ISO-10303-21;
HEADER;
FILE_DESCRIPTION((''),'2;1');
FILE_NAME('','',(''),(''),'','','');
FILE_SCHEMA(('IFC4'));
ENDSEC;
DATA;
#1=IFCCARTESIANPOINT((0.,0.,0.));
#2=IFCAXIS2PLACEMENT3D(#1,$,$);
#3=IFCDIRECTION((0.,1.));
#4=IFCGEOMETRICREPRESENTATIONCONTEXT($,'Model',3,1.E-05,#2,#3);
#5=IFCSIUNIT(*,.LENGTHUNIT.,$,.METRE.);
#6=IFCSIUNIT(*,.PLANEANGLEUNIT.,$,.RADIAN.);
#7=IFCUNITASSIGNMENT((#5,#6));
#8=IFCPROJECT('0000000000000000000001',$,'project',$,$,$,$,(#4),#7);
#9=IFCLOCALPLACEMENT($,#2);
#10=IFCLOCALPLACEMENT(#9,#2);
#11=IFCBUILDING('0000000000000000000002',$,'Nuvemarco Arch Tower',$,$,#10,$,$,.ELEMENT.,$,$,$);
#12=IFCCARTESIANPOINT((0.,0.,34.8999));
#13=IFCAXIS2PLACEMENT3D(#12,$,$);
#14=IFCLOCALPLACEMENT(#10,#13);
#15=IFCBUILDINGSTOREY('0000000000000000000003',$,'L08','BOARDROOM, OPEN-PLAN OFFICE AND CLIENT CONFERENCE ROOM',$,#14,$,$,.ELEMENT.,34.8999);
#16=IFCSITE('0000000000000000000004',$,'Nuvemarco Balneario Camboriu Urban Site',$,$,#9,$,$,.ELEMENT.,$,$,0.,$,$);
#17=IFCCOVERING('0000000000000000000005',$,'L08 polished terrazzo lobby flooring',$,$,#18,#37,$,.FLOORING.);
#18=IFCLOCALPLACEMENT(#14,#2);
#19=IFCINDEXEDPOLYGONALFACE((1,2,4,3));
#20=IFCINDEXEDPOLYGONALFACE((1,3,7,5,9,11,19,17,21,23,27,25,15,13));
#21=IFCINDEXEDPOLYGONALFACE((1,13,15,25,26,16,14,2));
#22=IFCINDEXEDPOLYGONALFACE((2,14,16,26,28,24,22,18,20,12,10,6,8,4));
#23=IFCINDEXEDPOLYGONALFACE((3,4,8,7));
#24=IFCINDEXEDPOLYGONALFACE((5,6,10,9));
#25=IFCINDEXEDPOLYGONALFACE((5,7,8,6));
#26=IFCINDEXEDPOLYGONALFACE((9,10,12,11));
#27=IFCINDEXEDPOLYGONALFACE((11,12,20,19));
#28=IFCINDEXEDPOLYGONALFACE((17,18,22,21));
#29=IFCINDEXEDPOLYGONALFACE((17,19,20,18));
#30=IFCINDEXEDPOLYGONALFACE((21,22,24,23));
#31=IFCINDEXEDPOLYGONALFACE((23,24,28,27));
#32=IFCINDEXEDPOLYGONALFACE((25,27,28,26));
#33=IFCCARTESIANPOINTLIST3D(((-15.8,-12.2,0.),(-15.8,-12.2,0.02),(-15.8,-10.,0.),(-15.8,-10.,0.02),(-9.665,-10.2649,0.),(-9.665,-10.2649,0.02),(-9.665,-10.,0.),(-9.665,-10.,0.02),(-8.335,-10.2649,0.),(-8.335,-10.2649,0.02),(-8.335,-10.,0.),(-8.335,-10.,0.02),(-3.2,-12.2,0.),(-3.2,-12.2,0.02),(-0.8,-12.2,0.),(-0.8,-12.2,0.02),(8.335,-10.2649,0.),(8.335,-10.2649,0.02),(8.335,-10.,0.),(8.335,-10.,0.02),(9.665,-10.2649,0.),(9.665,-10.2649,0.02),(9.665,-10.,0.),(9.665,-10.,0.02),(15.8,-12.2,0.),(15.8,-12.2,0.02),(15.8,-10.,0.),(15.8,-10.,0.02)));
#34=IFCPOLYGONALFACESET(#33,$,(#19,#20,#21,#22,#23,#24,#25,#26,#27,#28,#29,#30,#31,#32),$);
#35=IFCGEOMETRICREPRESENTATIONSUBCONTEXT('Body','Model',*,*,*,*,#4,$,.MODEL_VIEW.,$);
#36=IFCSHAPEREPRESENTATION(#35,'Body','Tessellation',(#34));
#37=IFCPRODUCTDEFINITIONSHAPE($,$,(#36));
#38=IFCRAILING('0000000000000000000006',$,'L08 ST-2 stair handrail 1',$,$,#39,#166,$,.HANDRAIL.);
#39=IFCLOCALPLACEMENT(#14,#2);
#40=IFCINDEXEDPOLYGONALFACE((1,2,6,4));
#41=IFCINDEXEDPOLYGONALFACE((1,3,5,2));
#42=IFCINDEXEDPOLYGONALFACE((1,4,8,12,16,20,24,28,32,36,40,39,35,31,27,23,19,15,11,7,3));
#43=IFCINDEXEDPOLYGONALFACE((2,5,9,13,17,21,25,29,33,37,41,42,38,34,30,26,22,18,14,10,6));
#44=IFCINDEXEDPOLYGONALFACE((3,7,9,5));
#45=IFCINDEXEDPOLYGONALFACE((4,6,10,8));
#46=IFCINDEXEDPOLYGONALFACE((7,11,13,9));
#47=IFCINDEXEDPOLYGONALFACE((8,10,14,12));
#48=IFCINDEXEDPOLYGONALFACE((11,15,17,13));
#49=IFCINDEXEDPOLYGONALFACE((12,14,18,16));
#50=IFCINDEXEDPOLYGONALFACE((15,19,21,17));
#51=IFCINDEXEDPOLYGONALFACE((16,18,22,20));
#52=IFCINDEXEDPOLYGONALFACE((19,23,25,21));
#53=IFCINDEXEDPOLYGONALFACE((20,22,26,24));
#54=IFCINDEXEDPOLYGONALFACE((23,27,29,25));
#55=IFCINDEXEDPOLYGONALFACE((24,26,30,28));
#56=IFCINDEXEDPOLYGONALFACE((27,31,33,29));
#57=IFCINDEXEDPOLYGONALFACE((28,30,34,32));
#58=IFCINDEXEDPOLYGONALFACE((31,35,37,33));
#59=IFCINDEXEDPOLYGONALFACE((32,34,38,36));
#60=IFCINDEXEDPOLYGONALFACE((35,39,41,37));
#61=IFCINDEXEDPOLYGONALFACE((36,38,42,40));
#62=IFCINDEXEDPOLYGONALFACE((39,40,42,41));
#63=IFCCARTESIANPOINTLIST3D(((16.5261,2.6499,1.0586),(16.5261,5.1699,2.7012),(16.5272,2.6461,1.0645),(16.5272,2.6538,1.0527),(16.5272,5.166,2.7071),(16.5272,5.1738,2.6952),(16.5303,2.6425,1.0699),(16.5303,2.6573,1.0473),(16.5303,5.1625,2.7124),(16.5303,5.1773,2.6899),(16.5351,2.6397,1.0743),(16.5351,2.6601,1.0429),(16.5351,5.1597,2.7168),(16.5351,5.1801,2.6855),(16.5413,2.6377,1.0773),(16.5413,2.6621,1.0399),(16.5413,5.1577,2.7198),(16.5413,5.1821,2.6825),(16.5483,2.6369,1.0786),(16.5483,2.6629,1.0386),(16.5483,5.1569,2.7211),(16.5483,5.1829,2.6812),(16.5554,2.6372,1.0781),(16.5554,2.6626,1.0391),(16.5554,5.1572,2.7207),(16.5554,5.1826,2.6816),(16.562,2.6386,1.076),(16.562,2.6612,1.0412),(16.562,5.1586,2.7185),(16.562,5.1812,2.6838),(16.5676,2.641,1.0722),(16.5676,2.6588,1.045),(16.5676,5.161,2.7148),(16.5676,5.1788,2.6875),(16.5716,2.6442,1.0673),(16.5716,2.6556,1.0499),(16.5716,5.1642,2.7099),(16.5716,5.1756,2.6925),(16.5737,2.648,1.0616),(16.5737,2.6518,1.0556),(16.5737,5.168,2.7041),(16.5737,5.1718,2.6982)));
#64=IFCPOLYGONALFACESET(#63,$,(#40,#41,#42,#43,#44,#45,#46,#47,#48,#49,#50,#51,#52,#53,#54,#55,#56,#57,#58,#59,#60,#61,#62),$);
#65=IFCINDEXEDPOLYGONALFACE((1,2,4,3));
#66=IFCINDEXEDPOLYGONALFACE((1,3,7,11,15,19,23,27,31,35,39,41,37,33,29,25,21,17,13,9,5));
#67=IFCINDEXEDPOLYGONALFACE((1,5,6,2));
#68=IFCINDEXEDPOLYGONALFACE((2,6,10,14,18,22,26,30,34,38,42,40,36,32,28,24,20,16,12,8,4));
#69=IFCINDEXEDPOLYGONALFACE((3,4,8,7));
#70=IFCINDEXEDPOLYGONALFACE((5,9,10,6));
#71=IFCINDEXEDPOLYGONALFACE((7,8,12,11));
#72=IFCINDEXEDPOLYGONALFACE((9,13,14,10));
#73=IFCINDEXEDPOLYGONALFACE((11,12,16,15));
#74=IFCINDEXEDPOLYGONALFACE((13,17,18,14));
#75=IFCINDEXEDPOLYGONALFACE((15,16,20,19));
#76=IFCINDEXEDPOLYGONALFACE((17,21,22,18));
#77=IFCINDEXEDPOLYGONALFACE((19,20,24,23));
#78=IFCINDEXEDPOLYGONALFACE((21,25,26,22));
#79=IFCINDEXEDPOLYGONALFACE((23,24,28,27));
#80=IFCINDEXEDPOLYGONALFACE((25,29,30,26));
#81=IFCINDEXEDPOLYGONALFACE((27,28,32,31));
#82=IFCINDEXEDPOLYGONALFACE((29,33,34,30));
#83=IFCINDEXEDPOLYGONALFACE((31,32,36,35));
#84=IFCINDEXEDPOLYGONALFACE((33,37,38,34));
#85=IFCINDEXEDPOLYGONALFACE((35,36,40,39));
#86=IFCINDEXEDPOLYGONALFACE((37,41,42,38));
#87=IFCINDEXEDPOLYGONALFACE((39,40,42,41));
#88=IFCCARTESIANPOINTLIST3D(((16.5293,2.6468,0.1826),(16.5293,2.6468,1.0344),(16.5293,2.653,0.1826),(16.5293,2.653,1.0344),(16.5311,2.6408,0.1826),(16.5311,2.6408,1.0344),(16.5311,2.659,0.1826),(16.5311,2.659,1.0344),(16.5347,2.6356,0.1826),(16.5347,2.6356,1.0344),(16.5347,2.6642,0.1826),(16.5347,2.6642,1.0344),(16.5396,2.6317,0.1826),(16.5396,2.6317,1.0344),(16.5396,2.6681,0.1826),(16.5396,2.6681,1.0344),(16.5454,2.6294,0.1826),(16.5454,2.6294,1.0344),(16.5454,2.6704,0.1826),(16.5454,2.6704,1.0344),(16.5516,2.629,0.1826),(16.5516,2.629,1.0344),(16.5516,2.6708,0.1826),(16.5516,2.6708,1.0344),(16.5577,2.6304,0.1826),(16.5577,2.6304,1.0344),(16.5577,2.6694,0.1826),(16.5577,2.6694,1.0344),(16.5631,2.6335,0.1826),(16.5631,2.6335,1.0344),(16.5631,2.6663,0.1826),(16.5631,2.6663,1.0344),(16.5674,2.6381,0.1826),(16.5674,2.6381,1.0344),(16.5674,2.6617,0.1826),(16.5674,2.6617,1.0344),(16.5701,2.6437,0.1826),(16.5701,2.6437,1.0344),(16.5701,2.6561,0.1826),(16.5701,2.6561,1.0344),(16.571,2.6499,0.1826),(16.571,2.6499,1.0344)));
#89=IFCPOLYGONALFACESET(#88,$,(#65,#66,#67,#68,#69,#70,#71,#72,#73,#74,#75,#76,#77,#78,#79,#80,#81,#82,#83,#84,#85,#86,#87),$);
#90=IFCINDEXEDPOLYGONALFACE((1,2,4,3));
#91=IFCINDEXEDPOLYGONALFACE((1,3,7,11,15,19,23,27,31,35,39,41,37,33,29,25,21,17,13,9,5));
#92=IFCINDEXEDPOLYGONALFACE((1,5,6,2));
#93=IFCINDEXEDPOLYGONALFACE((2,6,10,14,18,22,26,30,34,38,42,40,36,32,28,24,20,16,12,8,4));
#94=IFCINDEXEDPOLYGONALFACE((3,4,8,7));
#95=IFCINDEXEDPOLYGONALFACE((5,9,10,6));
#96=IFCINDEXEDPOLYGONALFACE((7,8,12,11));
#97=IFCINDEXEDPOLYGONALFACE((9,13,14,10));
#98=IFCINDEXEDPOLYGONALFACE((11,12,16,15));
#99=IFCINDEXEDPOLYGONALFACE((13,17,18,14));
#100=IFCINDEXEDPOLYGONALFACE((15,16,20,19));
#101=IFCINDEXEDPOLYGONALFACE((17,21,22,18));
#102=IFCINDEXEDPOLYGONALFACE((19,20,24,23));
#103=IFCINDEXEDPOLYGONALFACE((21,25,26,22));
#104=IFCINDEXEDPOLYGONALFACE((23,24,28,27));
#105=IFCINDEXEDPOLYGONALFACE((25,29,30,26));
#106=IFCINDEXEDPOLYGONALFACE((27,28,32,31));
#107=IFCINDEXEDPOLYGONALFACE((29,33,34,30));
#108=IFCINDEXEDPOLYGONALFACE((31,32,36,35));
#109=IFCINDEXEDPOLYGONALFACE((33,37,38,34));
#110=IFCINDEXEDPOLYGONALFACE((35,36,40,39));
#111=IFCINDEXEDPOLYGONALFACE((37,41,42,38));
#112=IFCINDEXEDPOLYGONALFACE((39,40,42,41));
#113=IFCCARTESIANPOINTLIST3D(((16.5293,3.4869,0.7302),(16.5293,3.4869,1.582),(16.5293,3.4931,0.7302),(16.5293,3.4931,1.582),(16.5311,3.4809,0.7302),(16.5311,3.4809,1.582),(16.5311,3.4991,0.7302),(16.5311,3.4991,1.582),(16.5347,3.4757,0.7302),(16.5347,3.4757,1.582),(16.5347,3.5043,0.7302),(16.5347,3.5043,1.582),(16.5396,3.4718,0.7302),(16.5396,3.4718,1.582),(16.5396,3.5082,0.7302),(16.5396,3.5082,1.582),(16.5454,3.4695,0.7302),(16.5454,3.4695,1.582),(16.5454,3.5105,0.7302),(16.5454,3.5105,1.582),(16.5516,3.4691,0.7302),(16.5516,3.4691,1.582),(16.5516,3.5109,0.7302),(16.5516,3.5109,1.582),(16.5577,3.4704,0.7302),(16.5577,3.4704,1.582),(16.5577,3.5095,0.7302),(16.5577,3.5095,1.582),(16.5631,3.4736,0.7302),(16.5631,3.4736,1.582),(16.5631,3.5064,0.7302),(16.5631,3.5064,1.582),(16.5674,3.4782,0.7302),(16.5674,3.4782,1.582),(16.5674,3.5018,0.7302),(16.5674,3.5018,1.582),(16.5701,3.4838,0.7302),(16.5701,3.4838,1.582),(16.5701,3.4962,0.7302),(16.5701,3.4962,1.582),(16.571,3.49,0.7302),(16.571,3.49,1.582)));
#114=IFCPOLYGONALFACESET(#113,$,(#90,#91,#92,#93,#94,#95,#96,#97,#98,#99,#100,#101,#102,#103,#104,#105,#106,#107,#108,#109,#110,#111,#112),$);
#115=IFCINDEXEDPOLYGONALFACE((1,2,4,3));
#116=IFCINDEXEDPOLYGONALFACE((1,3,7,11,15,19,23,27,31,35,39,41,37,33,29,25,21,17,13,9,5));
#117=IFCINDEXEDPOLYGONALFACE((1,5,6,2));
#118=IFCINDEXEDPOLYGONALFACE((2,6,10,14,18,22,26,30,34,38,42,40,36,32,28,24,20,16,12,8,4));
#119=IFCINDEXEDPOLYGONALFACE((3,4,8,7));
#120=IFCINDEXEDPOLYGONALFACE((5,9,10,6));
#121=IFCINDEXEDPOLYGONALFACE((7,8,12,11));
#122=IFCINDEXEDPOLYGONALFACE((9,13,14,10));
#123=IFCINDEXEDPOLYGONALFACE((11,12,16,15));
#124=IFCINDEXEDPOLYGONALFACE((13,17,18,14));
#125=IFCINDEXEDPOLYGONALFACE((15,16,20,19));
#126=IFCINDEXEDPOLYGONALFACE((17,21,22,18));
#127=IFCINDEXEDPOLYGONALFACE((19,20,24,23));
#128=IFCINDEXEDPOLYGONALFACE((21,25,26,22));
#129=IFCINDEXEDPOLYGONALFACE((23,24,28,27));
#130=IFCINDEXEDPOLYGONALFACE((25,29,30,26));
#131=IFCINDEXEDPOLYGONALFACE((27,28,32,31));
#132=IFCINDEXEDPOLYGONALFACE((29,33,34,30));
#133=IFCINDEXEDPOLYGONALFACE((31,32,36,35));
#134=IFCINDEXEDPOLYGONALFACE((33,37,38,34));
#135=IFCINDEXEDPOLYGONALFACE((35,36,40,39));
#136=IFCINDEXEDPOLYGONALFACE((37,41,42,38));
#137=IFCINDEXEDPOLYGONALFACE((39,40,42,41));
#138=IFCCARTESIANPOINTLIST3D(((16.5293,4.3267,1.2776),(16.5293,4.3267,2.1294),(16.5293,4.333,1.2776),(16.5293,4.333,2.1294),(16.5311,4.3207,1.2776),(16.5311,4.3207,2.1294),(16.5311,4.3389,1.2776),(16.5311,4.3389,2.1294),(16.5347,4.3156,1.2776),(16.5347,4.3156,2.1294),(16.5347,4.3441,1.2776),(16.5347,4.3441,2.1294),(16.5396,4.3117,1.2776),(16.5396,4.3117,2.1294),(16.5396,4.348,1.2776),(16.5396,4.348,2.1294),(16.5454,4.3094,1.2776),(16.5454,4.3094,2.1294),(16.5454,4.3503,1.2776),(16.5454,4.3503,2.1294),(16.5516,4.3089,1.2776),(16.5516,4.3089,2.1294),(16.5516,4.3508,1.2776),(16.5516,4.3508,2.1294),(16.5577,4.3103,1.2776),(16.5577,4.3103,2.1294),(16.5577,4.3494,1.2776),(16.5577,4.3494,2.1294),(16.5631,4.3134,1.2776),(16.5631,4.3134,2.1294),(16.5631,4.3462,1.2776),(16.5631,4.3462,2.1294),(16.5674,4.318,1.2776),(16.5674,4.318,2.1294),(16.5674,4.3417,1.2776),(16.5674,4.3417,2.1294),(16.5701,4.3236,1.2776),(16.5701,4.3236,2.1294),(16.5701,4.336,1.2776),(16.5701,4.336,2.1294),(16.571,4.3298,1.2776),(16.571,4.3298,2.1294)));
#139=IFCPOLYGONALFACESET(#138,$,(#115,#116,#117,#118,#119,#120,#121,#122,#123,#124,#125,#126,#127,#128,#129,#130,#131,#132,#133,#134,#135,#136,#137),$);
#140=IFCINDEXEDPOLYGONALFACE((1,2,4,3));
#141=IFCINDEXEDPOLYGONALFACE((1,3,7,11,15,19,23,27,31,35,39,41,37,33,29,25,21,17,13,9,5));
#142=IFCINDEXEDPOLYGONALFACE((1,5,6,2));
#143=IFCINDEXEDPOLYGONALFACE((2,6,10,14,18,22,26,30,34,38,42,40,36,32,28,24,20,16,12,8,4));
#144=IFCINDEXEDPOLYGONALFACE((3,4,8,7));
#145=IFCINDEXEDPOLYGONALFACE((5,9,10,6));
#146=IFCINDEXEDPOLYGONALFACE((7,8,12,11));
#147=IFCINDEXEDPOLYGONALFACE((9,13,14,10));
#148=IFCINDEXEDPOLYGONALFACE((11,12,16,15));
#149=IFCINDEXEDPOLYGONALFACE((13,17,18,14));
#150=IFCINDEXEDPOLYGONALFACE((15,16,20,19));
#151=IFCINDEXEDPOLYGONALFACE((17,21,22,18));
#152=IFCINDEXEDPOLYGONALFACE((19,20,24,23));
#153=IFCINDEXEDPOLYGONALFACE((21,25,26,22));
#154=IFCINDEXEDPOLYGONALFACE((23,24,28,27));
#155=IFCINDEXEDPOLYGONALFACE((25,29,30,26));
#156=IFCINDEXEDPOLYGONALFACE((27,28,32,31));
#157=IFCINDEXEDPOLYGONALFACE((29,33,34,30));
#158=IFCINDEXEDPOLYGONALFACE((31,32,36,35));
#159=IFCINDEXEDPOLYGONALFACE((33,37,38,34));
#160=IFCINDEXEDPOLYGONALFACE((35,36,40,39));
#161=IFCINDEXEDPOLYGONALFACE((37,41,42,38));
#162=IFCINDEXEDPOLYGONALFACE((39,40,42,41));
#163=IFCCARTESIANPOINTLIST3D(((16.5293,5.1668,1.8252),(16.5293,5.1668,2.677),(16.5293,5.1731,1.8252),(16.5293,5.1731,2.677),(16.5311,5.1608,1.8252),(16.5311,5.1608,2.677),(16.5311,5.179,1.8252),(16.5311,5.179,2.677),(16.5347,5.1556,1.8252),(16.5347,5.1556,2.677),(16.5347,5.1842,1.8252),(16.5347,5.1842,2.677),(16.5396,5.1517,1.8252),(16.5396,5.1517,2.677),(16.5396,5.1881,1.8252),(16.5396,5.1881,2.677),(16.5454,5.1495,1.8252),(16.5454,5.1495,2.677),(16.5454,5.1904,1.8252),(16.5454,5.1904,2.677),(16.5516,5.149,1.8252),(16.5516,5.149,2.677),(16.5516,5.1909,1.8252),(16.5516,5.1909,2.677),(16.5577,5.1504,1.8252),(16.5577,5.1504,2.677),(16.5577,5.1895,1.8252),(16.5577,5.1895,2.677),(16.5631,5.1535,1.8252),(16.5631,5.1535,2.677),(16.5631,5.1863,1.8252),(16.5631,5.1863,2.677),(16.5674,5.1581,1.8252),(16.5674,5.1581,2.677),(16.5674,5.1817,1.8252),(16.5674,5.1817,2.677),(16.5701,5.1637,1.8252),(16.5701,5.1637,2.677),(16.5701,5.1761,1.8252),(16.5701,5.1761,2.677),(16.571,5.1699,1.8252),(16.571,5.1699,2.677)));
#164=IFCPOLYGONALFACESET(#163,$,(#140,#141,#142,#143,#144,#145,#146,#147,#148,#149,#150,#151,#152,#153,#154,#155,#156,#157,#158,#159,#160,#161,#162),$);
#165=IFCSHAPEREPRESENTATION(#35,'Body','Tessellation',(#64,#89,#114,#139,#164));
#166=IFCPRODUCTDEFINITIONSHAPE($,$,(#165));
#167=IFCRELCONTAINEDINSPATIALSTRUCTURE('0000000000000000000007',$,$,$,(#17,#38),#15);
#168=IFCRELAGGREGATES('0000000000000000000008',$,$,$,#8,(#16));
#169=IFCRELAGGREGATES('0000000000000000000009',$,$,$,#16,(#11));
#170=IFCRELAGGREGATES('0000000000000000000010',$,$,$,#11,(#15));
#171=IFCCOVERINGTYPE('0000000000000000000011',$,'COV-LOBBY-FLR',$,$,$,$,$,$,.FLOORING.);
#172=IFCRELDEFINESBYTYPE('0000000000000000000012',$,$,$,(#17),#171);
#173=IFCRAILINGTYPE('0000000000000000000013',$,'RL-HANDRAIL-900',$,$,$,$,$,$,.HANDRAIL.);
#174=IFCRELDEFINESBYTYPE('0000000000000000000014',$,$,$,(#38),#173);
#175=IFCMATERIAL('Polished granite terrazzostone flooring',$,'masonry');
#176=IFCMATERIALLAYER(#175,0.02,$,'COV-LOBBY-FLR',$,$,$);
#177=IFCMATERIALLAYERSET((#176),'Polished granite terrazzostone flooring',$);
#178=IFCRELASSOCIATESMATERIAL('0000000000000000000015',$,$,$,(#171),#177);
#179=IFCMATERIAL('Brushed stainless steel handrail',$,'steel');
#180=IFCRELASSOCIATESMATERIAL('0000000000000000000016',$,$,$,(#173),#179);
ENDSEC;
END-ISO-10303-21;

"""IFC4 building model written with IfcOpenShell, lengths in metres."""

from ifc_helpers import new_model, si_unit, direction, frame, origin, origin_2d, place, context, subcontext, project, spatial, polyline, circle, outline, extrude, material, layer, layer_set, type_object, element, save


model = new_model("IFC4")

# Units and contexts
model_context = context("Model", 3, precision=1e-05, world=origin(), true_north=direction((0.0, 1.0)))
body_context = subcontext(model_context, "Body", "Model", "MODEL_VIEW")
ifc_project = project(units=[si_unit("LENGTHUNIT", "METRE"), si_unit("PLANEANGLEUNIT", "RADIAN")], contexts=[model_context])

# Site, building, storey
site_placement = place(None, origin())
site = spatial("IfcSite", under=ifc_project, at=site_placement, Name="Nuvemarco Balneario Camboriu Urban Site", CompositionType="ELEMENT", RefElevation=0.0)
building_placement = place(site_placement, origin())
building = spatial("IfcBuilding", under=site, at=building_placement, Name="Nuvemarco Arch Tower", CompositionType="ELEMENT")
storey_placement = place(building_placement, frame((0.0, 0.0, 34.8999)))
storey = spatial("IfcBuildingStorey", under=building, at=storey_placement, Name="L08", Description="BOARDROOM, OPEN-PLAN OFFICE AND CLIENT CONFERENCE ROOM", CompositionType="ELEMENT", Elevation=34.8999)

# Covering
ifc_material_1 = material(Name="Polished granite terrazzostone flooring", Category="masonry")
ifc_layer_1 = layer(ifc_material_1, 0.02, Name="COV-LOBBY-FLR")
ifc_layer_set_1 = layer_set([ifc_layer_1], Name="Polished granite terrazzostone flooring")
covering_type_1 = type_object("IfcCoveringType", Name="COV-LOBBY-FLR", PredefinedType="FLOORING", material=ifc_layer_set_1)
covering_1_placement = place(storey_placement, origin())
element("IfcCovering", 1, at=covering_1_placement, inside=storey, type_object=covering_type_1, Name="L08 polished terrazzo lobby flooring", PredefinedType="FLOORING", context=body_context, shape_type="SweptSolid", body=[
    extrude(outline(polyline([(-9.665, -10.2649), (-8.335, -10.2649), (-8.335, -10.0), (8.335, -10.0), (8.335, -10.2649), (9.665, -10.2649), (9.665, -10.0), (15.8, -10.0), (15.8, -12.2), (-0.8, -12.2), (-3.2, -12.2), (-15.8, -12.2), (-15.8, -10.0), (-9.665, -10.0), (-9.665, -10.2649)])), origin(), (0.0, 0.0, 1.0), 0.02),
])

# Railing
ifc_material_2 = material(Name="Brushed stainless steel handrail", Category="steel")
railing_type_1 = type_object("IfcRailingType", Name="RL-HANDRAIL-900", PredefinedType="HANDRAIL", material=ifc_material_2)
railing_1_placement = place(storey_placement, frame((16.55, 2.6499, 0.1826)))
element("IfcRailing", 2, at=railing_1_placement, inside=storey, type_object=railing_type_1, Name="L08 ST-2 stair handrail 1", PredefinedType="HANDRAIL", context=body_context, shape_type="SweptSolid", body=[
    extrude(circle(Radius=0.0239, at=origin_2d()), frame((0.0, 0.0, 0.876), z_axis=(0.0, 0.837749, 0.546055), x_axis=(-1.0, 0.0, 0.0)), (0.0, 0.0, 1.0), 3.0081),
    extrude(circle(Radius=0.021, at=origin_2d()), origin(), (0.0, 0.0, 1.0), 0.8518),
    extrude(circle(Radius=0.021, at=origin_2d()), frame((0.0, 0.8401, 0.5476)), (0.0, 0.0, 1.0), 0.8518),
    extrude(circle(Radius=0.021, at=origin_2d()), frame((0.0, 1.6799, 1.095)), (0.0, 0.0, 1.0), 0.8518),
    extrude(circle(Radius=0.021, at=origin_2d()), frame((0.0, 2.52, 1.6426)), (0.0, 0.0, 1.0), 0.8518),
])

save(model, "model.ifc")
